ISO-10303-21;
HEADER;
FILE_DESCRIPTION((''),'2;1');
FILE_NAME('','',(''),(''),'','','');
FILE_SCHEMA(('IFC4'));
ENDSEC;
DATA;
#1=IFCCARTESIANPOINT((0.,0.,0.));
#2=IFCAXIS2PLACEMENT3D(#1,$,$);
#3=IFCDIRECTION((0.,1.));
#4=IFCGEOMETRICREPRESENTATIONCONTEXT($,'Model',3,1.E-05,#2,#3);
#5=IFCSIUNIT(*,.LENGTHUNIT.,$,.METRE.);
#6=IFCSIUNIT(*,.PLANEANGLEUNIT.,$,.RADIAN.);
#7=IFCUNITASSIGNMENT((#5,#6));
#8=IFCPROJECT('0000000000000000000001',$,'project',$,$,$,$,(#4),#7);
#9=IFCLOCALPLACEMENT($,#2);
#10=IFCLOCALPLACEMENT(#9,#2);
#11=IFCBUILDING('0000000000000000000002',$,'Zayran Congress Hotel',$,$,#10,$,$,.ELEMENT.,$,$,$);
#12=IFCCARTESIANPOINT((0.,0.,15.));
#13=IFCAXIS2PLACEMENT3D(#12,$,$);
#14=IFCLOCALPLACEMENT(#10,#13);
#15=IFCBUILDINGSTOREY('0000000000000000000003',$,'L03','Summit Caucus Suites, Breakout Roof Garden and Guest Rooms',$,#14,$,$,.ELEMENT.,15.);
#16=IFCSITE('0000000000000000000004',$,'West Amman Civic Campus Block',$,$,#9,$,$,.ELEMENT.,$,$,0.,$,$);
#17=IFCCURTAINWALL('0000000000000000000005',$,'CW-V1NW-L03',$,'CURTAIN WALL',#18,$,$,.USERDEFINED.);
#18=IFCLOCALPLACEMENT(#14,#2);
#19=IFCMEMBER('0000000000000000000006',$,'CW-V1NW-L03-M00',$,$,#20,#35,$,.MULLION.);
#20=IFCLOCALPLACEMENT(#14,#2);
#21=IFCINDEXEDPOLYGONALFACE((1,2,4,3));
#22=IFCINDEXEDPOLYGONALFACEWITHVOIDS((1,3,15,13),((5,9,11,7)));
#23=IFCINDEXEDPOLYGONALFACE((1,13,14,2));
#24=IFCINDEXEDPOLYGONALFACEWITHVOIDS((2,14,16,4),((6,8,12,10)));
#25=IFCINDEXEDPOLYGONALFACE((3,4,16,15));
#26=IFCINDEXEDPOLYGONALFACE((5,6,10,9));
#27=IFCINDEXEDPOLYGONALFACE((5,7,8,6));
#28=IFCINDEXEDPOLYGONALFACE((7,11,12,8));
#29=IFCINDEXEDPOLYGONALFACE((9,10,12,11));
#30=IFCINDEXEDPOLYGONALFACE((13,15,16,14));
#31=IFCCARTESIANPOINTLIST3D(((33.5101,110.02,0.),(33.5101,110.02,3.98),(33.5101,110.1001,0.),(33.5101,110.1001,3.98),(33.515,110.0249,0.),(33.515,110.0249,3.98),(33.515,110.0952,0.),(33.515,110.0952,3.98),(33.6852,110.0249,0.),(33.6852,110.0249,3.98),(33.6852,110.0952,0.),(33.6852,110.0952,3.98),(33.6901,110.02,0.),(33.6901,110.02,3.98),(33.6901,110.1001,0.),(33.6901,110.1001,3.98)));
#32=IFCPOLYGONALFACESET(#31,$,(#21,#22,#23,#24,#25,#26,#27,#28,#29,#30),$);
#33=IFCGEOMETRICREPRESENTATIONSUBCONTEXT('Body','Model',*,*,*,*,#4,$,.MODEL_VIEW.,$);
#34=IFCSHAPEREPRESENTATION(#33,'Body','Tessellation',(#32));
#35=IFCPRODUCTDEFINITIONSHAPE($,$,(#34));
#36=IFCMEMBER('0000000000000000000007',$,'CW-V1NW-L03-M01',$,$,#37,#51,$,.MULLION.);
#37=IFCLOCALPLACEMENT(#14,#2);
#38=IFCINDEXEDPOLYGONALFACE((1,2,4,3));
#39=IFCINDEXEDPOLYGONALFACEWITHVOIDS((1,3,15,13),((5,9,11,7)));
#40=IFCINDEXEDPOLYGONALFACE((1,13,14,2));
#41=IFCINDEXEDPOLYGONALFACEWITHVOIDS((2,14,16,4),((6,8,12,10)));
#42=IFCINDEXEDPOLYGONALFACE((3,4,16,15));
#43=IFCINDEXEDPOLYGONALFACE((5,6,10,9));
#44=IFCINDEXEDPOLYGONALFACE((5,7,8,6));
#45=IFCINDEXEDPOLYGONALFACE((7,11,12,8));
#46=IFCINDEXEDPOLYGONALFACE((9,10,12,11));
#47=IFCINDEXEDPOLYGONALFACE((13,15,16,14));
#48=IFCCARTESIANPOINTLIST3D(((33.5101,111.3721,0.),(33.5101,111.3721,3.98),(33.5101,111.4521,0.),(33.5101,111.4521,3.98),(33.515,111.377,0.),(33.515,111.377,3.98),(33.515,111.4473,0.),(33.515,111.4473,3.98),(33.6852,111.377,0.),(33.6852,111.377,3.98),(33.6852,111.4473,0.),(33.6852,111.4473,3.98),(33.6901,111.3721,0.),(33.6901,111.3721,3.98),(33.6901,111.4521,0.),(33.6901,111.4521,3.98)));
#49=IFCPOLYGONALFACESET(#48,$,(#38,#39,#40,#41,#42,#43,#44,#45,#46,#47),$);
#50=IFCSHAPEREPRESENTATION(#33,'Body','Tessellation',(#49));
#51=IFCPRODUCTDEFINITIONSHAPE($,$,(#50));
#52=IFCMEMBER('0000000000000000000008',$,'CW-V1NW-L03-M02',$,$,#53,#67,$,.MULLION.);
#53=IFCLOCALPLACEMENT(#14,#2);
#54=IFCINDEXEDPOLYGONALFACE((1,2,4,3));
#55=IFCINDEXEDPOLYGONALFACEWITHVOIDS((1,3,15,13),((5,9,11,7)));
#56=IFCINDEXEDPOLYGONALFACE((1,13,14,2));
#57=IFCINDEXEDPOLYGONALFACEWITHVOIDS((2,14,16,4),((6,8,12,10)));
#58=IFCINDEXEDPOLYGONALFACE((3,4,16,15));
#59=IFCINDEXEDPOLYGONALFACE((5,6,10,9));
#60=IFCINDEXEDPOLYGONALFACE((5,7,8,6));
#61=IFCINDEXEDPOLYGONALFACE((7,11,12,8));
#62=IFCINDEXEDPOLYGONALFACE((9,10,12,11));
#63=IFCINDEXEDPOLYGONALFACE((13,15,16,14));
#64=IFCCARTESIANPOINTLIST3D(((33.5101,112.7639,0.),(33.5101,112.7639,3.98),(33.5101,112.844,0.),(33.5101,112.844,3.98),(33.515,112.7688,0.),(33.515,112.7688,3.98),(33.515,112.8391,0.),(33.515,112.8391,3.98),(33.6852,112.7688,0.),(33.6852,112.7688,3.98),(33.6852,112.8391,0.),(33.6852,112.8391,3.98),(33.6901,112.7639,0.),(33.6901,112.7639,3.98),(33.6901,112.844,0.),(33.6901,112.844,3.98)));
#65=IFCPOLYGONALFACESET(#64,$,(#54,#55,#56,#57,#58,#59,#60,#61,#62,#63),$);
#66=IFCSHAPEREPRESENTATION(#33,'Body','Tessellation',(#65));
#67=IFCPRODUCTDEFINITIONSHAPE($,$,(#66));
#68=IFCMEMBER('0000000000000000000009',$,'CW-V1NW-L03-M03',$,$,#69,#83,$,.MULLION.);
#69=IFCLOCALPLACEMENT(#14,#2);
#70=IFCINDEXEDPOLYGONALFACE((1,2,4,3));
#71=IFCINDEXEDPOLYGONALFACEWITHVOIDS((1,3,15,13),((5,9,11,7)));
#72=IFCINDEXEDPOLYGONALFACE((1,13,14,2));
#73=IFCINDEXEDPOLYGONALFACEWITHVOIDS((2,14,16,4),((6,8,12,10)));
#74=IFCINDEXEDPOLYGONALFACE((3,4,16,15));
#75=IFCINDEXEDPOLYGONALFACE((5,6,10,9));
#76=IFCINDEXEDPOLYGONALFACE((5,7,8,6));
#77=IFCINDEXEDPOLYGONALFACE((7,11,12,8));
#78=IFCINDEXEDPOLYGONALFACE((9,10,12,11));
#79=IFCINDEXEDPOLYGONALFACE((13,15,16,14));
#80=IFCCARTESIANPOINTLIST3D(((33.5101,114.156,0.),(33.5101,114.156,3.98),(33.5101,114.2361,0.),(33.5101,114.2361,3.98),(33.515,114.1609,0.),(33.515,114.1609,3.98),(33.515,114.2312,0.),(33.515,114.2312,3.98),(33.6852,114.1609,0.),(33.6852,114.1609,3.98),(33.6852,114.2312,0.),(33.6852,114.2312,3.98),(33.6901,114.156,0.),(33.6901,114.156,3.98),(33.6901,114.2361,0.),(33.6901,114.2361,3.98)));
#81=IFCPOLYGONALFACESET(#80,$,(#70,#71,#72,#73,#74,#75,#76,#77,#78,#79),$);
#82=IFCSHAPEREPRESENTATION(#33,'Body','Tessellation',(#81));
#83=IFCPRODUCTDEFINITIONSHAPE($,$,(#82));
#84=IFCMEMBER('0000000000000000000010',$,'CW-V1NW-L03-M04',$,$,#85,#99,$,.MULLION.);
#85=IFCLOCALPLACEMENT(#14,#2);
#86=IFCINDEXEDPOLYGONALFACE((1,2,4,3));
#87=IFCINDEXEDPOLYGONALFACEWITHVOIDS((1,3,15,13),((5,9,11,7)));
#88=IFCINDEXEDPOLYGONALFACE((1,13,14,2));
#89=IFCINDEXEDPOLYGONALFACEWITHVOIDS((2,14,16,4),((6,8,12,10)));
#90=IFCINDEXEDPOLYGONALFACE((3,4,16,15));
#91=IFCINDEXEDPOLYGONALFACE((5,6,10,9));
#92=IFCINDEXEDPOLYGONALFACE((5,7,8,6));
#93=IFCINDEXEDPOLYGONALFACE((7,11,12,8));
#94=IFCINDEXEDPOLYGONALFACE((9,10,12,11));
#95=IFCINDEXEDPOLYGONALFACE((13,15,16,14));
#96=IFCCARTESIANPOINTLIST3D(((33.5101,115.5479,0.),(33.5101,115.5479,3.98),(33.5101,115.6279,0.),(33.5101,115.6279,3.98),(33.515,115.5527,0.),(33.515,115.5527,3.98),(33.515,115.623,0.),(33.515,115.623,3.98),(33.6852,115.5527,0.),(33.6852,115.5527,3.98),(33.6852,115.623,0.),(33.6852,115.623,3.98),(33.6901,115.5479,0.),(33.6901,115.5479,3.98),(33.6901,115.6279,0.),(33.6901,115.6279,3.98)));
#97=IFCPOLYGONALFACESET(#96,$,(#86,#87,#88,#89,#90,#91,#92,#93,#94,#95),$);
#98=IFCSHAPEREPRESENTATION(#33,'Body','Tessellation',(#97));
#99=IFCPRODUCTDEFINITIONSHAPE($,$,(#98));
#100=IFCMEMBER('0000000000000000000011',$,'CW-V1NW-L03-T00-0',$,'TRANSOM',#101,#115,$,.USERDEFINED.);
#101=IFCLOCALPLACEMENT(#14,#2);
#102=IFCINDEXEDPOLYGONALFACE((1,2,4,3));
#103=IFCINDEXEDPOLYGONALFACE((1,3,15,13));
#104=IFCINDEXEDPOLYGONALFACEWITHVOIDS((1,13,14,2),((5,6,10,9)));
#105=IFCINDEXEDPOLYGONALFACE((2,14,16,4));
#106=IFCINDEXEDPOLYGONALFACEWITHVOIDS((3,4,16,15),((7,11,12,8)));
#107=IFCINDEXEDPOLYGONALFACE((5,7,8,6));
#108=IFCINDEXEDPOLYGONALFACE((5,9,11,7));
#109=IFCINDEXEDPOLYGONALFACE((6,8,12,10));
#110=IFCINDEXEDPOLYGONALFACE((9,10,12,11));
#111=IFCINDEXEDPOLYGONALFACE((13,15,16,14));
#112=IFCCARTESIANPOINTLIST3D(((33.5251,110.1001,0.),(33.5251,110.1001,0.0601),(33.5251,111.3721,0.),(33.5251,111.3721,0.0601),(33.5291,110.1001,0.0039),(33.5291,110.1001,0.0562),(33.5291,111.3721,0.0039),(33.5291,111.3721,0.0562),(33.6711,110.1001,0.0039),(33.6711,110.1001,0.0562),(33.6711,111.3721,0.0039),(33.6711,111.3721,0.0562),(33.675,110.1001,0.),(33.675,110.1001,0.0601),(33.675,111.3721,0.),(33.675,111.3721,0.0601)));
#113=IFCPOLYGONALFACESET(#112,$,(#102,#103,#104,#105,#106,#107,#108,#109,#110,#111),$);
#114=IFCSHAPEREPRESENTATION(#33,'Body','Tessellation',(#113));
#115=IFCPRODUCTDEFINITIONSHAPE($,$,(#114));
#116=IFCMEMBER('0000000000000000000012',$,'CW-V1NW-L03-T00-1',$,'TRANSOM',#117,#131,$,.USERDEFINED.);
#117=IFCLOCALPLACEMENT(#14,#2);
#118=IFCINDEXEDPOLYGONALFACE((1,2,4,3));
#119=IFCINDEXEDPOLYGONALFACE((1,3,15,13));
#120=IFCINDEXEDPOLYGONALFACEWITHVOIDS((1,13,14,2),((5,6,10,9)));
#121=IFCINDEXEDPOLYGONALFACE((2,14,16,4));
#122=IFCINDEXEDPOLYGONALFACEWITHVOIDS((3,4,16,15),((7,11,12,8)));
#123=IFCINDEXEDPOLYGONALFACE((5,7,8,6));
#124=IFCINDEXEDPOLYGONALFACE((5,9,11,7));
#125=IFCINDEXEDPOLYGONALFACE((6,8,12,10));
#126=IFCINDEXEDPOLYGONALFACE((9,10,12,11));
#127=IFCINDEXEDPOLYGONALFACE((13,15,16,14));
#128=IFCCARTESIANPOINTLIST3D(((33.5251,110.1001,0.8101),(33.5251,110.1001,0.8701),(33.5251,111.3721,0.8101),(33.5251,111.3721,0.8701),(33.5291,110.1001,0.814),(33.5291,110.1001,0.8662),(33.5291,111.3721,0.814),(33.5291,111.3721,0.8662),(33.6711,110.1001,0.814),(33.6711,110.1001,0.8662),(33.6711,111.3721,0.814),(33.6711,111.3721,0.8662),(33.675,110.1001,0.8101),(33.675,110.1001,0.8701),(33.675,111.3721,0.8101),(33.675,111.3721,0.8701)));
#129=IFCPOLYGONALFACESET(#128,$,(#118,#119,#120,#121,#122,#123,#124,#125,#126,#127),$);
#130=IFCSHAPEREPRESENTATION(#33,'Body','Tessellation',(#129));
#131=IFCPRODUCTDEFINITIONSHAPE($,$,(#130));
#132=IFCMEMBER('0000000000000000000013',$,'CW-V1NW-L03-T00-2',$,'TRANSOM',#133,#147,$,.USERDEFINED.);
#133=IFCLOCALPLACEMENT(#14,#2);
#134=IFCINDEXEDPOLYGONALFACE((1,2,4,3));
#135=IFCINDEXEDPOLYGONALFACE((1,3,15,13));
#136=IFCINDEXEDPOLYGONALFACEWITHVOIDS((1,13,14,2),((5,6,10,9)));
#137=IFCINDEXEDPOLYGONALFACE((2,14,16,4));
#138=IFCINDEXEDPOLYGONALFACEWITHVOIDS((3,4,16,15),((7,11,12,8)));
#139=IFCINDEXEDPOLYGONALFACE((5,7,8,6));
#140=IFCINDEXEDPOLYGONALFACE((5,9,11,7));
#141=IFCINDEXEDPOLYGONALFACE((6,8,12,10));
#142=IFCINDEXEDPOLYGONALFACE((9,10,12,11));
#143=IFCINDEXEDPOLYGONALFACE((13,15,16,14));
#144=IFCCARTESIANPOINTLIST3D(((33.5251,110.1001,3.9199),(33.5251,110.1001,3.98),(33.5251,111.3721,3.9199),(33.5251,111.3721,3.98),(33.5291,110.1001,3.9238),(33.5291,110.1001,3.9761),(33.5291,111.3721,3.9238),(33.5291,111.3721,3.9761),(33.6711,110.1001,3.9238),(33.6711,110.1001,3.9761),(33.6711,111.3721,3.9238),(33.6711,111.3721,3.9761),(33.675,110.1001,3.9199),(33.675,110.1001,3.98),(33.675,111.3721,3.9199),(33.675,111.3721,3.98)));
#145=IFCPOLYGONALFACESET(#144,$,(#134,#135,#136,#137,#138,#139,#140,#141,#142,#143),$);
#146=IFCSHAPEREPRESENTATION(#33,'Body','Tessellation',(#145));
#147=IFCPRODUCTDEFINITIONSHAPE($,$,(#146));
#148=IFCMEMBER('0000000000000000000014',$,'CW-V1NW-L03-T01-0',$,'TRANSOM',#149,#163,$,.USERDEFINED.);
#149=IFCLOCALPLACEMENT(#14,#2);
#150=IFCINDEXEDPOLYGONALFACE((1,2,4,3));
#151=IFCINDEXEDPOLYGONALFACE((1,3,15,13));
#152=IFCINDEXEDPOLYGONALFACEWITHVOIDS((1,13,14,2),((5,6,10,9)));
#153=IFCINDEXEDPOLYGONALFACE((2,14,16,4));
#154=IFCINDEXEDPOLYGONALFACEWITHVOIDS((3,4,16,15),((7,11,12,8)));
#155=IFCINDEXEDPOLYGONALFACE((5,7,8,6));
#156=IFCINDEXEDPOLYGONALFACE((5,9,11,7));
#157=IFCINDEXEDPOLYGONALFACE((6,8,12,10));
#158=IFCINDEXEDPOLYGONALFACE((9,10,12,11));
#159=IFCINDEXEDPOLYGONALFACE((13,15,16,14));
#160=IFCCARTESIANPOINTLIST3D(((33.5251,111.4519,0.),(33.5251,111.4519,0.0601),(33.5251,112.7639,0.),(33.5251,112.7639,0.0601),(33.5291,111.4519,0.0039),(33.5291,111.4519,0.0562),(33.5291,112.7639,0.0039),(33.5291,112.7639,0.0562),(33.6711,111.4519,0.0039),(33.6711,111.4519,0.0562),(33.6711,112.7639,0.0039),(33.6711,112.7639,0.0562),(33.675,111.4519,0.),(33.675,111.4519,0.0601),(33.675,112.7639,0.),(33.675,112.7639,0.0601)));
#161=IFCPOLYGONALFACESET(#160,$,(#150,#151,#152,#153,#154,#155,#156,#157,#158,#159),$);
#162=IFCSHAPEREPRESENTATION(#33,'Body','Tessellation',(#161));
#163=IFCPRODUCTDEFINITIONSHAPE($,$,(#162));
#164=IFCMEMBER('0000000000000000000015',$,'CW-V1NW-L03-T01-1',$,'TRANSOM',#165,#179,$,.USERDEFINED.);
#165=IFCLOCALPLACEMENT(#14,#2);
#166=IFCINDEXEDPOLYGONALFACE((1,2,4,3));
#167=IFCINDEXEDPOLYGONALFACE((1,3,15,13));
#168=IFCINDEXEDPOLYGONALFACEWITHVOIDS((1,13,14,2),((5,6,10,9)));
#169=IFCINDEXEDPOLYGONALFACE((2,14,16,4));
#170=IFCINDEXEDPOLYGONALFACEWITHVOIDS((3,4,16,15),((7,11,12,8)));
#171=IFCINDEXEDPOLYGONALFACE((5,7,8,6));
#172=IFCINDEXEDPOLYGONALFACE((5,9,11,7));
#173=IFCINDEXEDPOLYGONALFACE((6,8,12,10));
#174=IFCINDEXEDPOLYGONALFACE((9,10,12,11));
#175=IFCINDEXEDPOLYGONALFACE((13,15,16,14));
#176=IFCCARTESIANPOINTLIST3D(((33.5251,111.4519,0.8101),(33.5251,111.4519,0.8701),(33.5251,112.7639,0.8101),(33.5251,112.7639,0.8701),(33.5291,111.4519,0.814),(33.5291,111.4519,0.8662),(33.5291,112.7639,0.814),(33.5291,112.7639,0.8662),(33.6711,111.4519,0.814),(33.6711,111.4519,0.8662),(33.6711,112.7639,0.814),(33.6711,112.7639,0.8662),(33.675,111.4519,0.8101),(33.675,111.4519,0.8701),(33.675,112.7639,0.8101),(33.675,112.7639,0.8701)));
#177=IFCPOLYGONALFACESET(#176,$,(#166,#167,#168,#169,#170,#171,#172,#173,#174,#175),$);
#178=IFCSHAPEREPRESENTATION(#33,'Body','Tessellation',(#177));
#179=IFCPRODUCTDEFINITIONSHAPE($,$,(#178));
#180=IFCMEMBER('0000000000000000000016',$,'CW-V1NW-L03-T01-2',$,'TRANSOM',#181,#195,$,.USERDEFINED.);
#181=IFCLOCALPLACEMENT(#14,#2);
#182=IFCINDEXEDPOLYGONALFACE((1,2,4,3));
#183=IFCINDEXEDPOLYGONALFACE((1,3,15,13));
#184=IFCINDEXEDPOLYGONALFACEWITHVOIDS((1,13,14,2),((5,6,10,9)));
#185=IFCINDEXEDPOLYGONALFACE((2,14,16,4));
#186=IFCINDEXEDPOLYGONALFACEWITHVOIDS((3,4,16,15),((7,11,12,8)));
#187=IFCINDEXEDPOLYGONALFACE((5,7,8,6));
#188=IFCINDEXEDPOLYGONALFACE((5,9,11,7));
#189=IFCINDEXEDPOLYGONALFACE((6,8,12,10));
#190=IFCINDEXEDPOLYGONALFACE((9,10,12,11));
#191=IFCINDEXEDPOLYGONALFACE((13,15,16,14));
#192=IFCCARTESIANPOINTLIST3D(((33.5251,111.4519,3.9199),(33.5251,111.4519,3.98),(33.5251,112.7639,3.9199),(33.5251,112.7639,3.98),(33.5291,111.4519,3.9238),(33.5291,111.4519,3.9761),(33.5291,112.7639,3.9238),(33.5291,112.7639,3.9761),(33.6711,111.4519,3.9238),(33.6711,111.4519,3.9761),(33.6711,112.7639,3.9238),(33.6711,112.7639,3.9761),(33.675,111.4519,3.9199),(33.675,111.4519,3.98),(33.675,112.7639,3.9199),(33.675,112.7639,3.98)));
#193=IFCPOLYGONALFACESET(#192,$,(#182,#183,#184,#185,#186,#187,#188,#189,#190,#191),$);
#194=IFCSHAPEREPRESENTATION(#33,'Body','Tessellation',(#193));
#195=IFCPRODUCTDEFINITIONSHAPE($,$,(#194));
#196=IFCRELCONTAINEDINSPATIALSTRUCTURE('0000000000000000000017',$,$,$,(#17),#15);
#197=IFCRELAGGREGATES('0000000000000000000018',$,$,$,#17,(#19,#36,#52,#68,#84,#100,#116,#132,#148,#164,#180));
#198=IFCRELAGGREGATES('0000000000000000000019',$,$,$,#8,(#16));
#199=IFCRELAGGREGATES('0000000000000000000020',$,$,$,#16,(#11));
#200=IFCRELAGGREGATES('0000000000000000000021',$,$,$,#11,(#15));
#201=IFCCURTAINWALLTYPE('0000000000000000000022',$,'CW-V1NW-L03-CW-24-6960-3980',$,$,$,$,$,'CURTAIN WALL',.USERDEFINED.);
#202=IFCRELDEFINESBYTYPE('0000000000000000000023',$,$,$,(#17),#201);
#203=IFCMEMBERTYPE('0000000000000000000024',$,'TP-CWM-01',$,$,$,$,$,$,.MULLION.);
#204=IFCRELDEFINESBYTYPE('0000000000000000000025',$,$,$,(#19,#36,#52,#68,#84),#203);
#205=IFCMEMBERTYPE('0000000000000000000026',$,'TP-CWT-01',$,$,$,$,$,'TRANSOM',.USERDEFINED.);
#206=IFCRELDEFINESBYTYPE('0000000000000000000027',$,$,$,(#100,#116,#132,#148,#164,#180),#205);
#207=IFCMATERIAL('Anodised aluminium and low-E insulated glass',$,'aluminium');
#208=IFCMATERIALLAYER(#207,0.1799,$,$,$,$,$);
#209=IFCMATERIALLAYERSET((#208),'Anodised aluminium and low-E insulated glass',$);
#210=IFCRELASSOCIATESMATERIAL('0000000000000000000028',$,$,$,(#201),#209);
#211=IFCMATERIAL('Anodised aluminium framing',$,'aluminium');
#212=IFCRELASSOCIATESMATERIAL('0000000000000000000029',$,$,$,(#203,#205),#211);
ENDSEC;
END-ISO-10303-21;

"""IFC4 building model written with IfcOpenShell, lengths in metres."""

from ifc_helpers import new_model, si_unit, direction, frame, origin, origin_2d, place, context, subcontext, project, spatial, hollow_rectangle, extrude, material, layer, layer_set, material_profile, profile_set, type_object, element, aggregate, save


model = new_model("IFC4")

# Units and contexts
model_context = context("Model", 3, precision=1e-05, world=origin(), true_north=direction((0.0, 1.0)))
body_context = subcontext(model_context, "Body", "Model", "MODEL_VIEW")
ifc_project = project(units=[si_unit("LENGTHUNIT", "METRE"), si_unit("PLANEANGLEUNIT", "RADIAN")], contexts=[model_context])

# Site, building, storey
site_placement = place(None, origin())
site = spatial("IfcSite", under=ifc_project, at=site_placement, Name="West Amman Civic Campus Block", CompositionType="ELEMENT", RefElevation=0.0)
building_placement = place(site_placement, origin())
building = spatial("IfcBuilding", under=site, at=building_placement, Name="Zayran Congress Hotel", CompositionType="ELEMENT")
storey_placement = place(building_placement, frame((0.0, 0.0, 15.0)))
storey = spatial("IfcBuildingStorey", under=building, at=storey_placement, Name="L03", Description="Summit Caucus Suites, Breakout Roof Garden and Guest Rooms", CompositionType="ELEMENT", Elevation=15.0)

# Curtain wall, members
ifc_material_1 = material(Name="Anodised aluminium and low-E insulated glass", Category="aluminium")
ifc_layer_1 = layer(ifc_material_1, 0.1799)
ifc_layer_set_1 = layer_set([ifc_layer_1], Name="Anodised aluminium and low-E insulated glass")
curtain_wall_type = type_object("IfcCurtainWallType", Name="CW-V1NW-L03-CW-24-6960-3980", ElementType="CURTAIN WALL", PredefinedType="USERDEFINED", material=ifc_layer_set_1)
curtain_wall_placement = place(storey_placement, origin())
curtain_wall = element("IfcCurtainWall", 1, at=curtain_wall_placement, inside=storey, type_object=curtain_wall_type, Name="CW-V1NW-L03", ObjectType="CURTAIN WALL", PredefinedType="USERDEFINED")
ifc_material_2 = material(Name="Anodised aluminium framing", Category="aluminium")
ifc_material_profile_1 = material_profile(ifc_material_2, hollow_rectangle(XDim=0.0801, YDim=0.1799, WallThickness=0.0049, at=origin_2d()), Name="RHS 180x80x5")
ifc_profile_set_1 = profile_set([ifc_material_profile_1], Name="Anodised aluminium framing")
member_type_1 = type_object("IfcMemberType", Name="TP-CWM-01", PredefinedType="MULLION", material=ifc_profile_set_1)
member_1_placement = place(storey_placement, frame((33.6001, 110.0601, 0.0), z_axis=(0.0, 0.0, 1.0), x_axis=(0.0, 1.0, 0.0)))
member_1 = element("IfcMember", 2, at=member_1_placement, type_object=member_type_1, Name="CW-V1NW-L03-M00", PredefinedType="MULLION", context=body_context, shape_type="SweptSolid", body=[
    extrude(hollow_rectangle(XDim=0.0801, YDim=0.1799, WallThickness=0.0049, at=origin_2d()), origin(), (0.0, 0.0, 1.0), 3.98),
])
member_2_placement = place(storey_placement, frame((33.6001, 111.4121, 0.0), z_axis=(0.0, 0.0, 1.0), x_axis=(0.0, 1.0, 0.0)))
member_2 = element("IfcMember", 3, at=member_2_placement, type_object=member_type_1, Name="CW-V1NW-L03-M01", PredefinedType="MULLION", context=body_context, shape_type="SweptSolid", body=[
    extrude(hollow_rectangle(XDim=0.0801, YDim=0.1799, WallThickness=0.0049, at=origin_2d()), origin(), (0.0, 0.0, 1.0), 3.98),
])
member_3_placement = place(storey_placement, frame((33.6001, 112.804, 0.0), z_axis=(0.0, 0.0, 1.0), x_axis=(0.0, 1.0, 0.0)))
member_3 = element("IfcMember", 4, at=member_3_placement, type_object=member_type_1, Name="CW-V1NW-L03-M02", PredefinedType="MULLION", context=body_context, shape_type="SweptSolid", body=[
    extrude(hollow_rectangle(XDim=0.0801, YDim=0.1799, WallThickness=0.0049, at=origin_2d()), origin(), (0.0, 0.0, 1.0), 3.98),
])
member_4_placement = place(storey_placement, frame((33.6001, 114.196, 0.0), z_axis=(0.0, 0.0, 1.0), x_axis=(0.0, 1.0, 0.0)))
member_4 = element("IfcMember", 5, at=member_4_placement, type_object=member_type_1, Name="CW-V1NW-L03-M03", PredefinedType="MULLION", context=body_context, shape_type="SweptSolid", body=[
    extrude(hollow_rectangle(XDim=0.0801, YDim=0.1799, WallThickness=0.0049, at=origin_2d()), origin(), (0.0, 0.0, 1.0), 3.98),
])
member_5_placement = place(storey_placement, frame((33.6001, 115.5879, 0.0), z_axis=(0.0, 0.0, 1.0), x_axis=(0.0, 1.0, 0.0)))
member_5 = element("IfcMember", 6, at=member_5_placement, type_object=member_type_1, Name="CW-V1NW-L03-M04", PredefinedType="MULLION", context=body_context, shape_type="SweptSolid", body=[
    extrude(hollow_rectangle(XDim=0.0801, YDim=0.1799, WallThickness=0.0049, at=origin_2d()), origin(), (0.0, 0.0, 1.0), 3.98),
])
ifc_material_profile_2 = material_profile(ifc_material_2, hollow_rectangle(XDim=0.0601, YDim=0.1499, WallThickness=0.0039, at=origin_2d()), Name="RHS 150x60x4")
ifc_profile_set_2 = profile_set([ifc_material_profile_2], Name="Anodised aluminium framing")
member_type_2 = type_object("IfcMemberType", Name="TP-CWT-01", ElementType="TRANSOM", PredefinedType="USERDEFINED", material=ifc_profile_set_2)
member_6_placement = place(storey_placement, frame((33.6001, 110.1001, 0.03), z_axis=(0.0, 1.0, 0.0), x_axis=(0.0, 0.0, 1.0)))
member_6 = element("IfcMember", 7, at=member_6_placement, type_object=member_type_2, Name="CW-V1NW-L03-T00-0", ObjectType="TRANSOM", PredefinedType="USERDEFINED", context=body_context, shape_type="SweptSolid", body=[
    extrude(hollow_rectangle(XDim=0.0601, YDim=0.1499, WallThickness=0.0039, at=origin_2d()), origin(), (0.0, 0.0, 1.0), 1.272),
])
member_7_placement = place(storey_placement, frame((33.6001, 110.1001, 0.8401), z_axis=(0.0, 1.0, 0.0), x_axis=(0.0, 0.0, 1.0)))
member_7 = element("IfcMember", 8, at=member_7_placement, type_object=member_type_2, Name="CW-V1NW-L03-T00-1", ObjectType="TRANSOM", PredefinedType="USERDEFINED", context=body_context, shape_type="SweptSolid", body=[
    extrude(hollow_rectangle(XDim=0.0601, YDim=0.1499, WallThickness=0.0039, at=origin_2d()), origin(), (0.0, 0.0, 1.0), 1.272),
])
member_8_placement = place(storey_placement, frame((33.6001, 110.1001, 3.95), z_axis=(0.0, 1.0, 0.0), x_axis=(0.0, 0.0, 1.0)))
member_8 = element("IfcMember", 9, at=member_8_placement, type_object=member_type_2, Name="CW-V1NW-L03-T00-2", ObjectType="TRANSOM", PredefinedType="USERDEFINED", context=body_context, shape_type="SweptSolid", body=[
    extrude(hollow_rectangle(XDim=0.0601, YDim=0.1499, WallThickness=0.0039, at=origin_2d()), origin(), (0.0, 0.0, 1.0), 1.272),
])
member_9_placement = place(storey_placement, frame((33.6001, 111.4519, 0.03), z_axis=(0.0, 1.0, 0.0), x_axis=(0.0, 0.0, 1.0)))
member_9 = element("IfcMember", 10, at=member_9_placement, type_object=member_type_2, Name="CW-V1NW-L03-T01-0", ObjectType="TRANSOM", PredefinedType="USERDEFINED", context=body_context, shape_type="SweptSolid", body=[
    extrude(hollow_rectangle(XDim=0.0601, YDim=0.1499, WallThickness=0.0039, at=origin_2d()), origin(), (0.0, 0.0, 1.0), 1.312),
])
member_10_placement = place(storey_placement, frame((33.6001, 111.4519, 0.8401), z_axis=(0.0, 1.0, 0.0), x_axis=(0.0, 0.0, 1.0)))
member_10 = element("IfcMember", 11, at=member_10_placement, type_object=member_type_2, Name="CW-V1NW-L03-T01-1", ObjectType="TRANSOM", PredefinedType="USERDEFINED", context=body_context, shape_type="SweptSolid", body=[
    extrude(hollow_rectangle(XDim=0.0601, YDim=0.1499, WallThickness=0.0039, at=origin_2d()), origin(), (0.0, 0.0, 1.0), 1.312),
])
member_11_placement = place(storey_placement, frame((33.6001, 111.4519, 3.95), z_axis=(0.0, 1.0, 0.0), x_axis=(0.0, 0.0, 1.0)))
member_11 = element("IfcMember", 12, at=member_11_placement, type_object=member_type_2, Name="CW-V1NW-L03-T01-2", ObjectType="TRANSOM", PredefinedType="USERDEFINED", context=body_context, shape_type="SweptSolid", body=[
    extrude(hollow_rectangle(XDim=0.0601, YDim=0.1499, WallThickness=0.0039, at=origin_2d()), origin(), (0.0, 0.0, 1.0), 1.312),
])
aggregate(curtain_wall, [member_1, member_2, member_3, member_4, member_5, member_6, member_7, member_8, member_9, member_10, member_11])

save(model, "model.ifc")
